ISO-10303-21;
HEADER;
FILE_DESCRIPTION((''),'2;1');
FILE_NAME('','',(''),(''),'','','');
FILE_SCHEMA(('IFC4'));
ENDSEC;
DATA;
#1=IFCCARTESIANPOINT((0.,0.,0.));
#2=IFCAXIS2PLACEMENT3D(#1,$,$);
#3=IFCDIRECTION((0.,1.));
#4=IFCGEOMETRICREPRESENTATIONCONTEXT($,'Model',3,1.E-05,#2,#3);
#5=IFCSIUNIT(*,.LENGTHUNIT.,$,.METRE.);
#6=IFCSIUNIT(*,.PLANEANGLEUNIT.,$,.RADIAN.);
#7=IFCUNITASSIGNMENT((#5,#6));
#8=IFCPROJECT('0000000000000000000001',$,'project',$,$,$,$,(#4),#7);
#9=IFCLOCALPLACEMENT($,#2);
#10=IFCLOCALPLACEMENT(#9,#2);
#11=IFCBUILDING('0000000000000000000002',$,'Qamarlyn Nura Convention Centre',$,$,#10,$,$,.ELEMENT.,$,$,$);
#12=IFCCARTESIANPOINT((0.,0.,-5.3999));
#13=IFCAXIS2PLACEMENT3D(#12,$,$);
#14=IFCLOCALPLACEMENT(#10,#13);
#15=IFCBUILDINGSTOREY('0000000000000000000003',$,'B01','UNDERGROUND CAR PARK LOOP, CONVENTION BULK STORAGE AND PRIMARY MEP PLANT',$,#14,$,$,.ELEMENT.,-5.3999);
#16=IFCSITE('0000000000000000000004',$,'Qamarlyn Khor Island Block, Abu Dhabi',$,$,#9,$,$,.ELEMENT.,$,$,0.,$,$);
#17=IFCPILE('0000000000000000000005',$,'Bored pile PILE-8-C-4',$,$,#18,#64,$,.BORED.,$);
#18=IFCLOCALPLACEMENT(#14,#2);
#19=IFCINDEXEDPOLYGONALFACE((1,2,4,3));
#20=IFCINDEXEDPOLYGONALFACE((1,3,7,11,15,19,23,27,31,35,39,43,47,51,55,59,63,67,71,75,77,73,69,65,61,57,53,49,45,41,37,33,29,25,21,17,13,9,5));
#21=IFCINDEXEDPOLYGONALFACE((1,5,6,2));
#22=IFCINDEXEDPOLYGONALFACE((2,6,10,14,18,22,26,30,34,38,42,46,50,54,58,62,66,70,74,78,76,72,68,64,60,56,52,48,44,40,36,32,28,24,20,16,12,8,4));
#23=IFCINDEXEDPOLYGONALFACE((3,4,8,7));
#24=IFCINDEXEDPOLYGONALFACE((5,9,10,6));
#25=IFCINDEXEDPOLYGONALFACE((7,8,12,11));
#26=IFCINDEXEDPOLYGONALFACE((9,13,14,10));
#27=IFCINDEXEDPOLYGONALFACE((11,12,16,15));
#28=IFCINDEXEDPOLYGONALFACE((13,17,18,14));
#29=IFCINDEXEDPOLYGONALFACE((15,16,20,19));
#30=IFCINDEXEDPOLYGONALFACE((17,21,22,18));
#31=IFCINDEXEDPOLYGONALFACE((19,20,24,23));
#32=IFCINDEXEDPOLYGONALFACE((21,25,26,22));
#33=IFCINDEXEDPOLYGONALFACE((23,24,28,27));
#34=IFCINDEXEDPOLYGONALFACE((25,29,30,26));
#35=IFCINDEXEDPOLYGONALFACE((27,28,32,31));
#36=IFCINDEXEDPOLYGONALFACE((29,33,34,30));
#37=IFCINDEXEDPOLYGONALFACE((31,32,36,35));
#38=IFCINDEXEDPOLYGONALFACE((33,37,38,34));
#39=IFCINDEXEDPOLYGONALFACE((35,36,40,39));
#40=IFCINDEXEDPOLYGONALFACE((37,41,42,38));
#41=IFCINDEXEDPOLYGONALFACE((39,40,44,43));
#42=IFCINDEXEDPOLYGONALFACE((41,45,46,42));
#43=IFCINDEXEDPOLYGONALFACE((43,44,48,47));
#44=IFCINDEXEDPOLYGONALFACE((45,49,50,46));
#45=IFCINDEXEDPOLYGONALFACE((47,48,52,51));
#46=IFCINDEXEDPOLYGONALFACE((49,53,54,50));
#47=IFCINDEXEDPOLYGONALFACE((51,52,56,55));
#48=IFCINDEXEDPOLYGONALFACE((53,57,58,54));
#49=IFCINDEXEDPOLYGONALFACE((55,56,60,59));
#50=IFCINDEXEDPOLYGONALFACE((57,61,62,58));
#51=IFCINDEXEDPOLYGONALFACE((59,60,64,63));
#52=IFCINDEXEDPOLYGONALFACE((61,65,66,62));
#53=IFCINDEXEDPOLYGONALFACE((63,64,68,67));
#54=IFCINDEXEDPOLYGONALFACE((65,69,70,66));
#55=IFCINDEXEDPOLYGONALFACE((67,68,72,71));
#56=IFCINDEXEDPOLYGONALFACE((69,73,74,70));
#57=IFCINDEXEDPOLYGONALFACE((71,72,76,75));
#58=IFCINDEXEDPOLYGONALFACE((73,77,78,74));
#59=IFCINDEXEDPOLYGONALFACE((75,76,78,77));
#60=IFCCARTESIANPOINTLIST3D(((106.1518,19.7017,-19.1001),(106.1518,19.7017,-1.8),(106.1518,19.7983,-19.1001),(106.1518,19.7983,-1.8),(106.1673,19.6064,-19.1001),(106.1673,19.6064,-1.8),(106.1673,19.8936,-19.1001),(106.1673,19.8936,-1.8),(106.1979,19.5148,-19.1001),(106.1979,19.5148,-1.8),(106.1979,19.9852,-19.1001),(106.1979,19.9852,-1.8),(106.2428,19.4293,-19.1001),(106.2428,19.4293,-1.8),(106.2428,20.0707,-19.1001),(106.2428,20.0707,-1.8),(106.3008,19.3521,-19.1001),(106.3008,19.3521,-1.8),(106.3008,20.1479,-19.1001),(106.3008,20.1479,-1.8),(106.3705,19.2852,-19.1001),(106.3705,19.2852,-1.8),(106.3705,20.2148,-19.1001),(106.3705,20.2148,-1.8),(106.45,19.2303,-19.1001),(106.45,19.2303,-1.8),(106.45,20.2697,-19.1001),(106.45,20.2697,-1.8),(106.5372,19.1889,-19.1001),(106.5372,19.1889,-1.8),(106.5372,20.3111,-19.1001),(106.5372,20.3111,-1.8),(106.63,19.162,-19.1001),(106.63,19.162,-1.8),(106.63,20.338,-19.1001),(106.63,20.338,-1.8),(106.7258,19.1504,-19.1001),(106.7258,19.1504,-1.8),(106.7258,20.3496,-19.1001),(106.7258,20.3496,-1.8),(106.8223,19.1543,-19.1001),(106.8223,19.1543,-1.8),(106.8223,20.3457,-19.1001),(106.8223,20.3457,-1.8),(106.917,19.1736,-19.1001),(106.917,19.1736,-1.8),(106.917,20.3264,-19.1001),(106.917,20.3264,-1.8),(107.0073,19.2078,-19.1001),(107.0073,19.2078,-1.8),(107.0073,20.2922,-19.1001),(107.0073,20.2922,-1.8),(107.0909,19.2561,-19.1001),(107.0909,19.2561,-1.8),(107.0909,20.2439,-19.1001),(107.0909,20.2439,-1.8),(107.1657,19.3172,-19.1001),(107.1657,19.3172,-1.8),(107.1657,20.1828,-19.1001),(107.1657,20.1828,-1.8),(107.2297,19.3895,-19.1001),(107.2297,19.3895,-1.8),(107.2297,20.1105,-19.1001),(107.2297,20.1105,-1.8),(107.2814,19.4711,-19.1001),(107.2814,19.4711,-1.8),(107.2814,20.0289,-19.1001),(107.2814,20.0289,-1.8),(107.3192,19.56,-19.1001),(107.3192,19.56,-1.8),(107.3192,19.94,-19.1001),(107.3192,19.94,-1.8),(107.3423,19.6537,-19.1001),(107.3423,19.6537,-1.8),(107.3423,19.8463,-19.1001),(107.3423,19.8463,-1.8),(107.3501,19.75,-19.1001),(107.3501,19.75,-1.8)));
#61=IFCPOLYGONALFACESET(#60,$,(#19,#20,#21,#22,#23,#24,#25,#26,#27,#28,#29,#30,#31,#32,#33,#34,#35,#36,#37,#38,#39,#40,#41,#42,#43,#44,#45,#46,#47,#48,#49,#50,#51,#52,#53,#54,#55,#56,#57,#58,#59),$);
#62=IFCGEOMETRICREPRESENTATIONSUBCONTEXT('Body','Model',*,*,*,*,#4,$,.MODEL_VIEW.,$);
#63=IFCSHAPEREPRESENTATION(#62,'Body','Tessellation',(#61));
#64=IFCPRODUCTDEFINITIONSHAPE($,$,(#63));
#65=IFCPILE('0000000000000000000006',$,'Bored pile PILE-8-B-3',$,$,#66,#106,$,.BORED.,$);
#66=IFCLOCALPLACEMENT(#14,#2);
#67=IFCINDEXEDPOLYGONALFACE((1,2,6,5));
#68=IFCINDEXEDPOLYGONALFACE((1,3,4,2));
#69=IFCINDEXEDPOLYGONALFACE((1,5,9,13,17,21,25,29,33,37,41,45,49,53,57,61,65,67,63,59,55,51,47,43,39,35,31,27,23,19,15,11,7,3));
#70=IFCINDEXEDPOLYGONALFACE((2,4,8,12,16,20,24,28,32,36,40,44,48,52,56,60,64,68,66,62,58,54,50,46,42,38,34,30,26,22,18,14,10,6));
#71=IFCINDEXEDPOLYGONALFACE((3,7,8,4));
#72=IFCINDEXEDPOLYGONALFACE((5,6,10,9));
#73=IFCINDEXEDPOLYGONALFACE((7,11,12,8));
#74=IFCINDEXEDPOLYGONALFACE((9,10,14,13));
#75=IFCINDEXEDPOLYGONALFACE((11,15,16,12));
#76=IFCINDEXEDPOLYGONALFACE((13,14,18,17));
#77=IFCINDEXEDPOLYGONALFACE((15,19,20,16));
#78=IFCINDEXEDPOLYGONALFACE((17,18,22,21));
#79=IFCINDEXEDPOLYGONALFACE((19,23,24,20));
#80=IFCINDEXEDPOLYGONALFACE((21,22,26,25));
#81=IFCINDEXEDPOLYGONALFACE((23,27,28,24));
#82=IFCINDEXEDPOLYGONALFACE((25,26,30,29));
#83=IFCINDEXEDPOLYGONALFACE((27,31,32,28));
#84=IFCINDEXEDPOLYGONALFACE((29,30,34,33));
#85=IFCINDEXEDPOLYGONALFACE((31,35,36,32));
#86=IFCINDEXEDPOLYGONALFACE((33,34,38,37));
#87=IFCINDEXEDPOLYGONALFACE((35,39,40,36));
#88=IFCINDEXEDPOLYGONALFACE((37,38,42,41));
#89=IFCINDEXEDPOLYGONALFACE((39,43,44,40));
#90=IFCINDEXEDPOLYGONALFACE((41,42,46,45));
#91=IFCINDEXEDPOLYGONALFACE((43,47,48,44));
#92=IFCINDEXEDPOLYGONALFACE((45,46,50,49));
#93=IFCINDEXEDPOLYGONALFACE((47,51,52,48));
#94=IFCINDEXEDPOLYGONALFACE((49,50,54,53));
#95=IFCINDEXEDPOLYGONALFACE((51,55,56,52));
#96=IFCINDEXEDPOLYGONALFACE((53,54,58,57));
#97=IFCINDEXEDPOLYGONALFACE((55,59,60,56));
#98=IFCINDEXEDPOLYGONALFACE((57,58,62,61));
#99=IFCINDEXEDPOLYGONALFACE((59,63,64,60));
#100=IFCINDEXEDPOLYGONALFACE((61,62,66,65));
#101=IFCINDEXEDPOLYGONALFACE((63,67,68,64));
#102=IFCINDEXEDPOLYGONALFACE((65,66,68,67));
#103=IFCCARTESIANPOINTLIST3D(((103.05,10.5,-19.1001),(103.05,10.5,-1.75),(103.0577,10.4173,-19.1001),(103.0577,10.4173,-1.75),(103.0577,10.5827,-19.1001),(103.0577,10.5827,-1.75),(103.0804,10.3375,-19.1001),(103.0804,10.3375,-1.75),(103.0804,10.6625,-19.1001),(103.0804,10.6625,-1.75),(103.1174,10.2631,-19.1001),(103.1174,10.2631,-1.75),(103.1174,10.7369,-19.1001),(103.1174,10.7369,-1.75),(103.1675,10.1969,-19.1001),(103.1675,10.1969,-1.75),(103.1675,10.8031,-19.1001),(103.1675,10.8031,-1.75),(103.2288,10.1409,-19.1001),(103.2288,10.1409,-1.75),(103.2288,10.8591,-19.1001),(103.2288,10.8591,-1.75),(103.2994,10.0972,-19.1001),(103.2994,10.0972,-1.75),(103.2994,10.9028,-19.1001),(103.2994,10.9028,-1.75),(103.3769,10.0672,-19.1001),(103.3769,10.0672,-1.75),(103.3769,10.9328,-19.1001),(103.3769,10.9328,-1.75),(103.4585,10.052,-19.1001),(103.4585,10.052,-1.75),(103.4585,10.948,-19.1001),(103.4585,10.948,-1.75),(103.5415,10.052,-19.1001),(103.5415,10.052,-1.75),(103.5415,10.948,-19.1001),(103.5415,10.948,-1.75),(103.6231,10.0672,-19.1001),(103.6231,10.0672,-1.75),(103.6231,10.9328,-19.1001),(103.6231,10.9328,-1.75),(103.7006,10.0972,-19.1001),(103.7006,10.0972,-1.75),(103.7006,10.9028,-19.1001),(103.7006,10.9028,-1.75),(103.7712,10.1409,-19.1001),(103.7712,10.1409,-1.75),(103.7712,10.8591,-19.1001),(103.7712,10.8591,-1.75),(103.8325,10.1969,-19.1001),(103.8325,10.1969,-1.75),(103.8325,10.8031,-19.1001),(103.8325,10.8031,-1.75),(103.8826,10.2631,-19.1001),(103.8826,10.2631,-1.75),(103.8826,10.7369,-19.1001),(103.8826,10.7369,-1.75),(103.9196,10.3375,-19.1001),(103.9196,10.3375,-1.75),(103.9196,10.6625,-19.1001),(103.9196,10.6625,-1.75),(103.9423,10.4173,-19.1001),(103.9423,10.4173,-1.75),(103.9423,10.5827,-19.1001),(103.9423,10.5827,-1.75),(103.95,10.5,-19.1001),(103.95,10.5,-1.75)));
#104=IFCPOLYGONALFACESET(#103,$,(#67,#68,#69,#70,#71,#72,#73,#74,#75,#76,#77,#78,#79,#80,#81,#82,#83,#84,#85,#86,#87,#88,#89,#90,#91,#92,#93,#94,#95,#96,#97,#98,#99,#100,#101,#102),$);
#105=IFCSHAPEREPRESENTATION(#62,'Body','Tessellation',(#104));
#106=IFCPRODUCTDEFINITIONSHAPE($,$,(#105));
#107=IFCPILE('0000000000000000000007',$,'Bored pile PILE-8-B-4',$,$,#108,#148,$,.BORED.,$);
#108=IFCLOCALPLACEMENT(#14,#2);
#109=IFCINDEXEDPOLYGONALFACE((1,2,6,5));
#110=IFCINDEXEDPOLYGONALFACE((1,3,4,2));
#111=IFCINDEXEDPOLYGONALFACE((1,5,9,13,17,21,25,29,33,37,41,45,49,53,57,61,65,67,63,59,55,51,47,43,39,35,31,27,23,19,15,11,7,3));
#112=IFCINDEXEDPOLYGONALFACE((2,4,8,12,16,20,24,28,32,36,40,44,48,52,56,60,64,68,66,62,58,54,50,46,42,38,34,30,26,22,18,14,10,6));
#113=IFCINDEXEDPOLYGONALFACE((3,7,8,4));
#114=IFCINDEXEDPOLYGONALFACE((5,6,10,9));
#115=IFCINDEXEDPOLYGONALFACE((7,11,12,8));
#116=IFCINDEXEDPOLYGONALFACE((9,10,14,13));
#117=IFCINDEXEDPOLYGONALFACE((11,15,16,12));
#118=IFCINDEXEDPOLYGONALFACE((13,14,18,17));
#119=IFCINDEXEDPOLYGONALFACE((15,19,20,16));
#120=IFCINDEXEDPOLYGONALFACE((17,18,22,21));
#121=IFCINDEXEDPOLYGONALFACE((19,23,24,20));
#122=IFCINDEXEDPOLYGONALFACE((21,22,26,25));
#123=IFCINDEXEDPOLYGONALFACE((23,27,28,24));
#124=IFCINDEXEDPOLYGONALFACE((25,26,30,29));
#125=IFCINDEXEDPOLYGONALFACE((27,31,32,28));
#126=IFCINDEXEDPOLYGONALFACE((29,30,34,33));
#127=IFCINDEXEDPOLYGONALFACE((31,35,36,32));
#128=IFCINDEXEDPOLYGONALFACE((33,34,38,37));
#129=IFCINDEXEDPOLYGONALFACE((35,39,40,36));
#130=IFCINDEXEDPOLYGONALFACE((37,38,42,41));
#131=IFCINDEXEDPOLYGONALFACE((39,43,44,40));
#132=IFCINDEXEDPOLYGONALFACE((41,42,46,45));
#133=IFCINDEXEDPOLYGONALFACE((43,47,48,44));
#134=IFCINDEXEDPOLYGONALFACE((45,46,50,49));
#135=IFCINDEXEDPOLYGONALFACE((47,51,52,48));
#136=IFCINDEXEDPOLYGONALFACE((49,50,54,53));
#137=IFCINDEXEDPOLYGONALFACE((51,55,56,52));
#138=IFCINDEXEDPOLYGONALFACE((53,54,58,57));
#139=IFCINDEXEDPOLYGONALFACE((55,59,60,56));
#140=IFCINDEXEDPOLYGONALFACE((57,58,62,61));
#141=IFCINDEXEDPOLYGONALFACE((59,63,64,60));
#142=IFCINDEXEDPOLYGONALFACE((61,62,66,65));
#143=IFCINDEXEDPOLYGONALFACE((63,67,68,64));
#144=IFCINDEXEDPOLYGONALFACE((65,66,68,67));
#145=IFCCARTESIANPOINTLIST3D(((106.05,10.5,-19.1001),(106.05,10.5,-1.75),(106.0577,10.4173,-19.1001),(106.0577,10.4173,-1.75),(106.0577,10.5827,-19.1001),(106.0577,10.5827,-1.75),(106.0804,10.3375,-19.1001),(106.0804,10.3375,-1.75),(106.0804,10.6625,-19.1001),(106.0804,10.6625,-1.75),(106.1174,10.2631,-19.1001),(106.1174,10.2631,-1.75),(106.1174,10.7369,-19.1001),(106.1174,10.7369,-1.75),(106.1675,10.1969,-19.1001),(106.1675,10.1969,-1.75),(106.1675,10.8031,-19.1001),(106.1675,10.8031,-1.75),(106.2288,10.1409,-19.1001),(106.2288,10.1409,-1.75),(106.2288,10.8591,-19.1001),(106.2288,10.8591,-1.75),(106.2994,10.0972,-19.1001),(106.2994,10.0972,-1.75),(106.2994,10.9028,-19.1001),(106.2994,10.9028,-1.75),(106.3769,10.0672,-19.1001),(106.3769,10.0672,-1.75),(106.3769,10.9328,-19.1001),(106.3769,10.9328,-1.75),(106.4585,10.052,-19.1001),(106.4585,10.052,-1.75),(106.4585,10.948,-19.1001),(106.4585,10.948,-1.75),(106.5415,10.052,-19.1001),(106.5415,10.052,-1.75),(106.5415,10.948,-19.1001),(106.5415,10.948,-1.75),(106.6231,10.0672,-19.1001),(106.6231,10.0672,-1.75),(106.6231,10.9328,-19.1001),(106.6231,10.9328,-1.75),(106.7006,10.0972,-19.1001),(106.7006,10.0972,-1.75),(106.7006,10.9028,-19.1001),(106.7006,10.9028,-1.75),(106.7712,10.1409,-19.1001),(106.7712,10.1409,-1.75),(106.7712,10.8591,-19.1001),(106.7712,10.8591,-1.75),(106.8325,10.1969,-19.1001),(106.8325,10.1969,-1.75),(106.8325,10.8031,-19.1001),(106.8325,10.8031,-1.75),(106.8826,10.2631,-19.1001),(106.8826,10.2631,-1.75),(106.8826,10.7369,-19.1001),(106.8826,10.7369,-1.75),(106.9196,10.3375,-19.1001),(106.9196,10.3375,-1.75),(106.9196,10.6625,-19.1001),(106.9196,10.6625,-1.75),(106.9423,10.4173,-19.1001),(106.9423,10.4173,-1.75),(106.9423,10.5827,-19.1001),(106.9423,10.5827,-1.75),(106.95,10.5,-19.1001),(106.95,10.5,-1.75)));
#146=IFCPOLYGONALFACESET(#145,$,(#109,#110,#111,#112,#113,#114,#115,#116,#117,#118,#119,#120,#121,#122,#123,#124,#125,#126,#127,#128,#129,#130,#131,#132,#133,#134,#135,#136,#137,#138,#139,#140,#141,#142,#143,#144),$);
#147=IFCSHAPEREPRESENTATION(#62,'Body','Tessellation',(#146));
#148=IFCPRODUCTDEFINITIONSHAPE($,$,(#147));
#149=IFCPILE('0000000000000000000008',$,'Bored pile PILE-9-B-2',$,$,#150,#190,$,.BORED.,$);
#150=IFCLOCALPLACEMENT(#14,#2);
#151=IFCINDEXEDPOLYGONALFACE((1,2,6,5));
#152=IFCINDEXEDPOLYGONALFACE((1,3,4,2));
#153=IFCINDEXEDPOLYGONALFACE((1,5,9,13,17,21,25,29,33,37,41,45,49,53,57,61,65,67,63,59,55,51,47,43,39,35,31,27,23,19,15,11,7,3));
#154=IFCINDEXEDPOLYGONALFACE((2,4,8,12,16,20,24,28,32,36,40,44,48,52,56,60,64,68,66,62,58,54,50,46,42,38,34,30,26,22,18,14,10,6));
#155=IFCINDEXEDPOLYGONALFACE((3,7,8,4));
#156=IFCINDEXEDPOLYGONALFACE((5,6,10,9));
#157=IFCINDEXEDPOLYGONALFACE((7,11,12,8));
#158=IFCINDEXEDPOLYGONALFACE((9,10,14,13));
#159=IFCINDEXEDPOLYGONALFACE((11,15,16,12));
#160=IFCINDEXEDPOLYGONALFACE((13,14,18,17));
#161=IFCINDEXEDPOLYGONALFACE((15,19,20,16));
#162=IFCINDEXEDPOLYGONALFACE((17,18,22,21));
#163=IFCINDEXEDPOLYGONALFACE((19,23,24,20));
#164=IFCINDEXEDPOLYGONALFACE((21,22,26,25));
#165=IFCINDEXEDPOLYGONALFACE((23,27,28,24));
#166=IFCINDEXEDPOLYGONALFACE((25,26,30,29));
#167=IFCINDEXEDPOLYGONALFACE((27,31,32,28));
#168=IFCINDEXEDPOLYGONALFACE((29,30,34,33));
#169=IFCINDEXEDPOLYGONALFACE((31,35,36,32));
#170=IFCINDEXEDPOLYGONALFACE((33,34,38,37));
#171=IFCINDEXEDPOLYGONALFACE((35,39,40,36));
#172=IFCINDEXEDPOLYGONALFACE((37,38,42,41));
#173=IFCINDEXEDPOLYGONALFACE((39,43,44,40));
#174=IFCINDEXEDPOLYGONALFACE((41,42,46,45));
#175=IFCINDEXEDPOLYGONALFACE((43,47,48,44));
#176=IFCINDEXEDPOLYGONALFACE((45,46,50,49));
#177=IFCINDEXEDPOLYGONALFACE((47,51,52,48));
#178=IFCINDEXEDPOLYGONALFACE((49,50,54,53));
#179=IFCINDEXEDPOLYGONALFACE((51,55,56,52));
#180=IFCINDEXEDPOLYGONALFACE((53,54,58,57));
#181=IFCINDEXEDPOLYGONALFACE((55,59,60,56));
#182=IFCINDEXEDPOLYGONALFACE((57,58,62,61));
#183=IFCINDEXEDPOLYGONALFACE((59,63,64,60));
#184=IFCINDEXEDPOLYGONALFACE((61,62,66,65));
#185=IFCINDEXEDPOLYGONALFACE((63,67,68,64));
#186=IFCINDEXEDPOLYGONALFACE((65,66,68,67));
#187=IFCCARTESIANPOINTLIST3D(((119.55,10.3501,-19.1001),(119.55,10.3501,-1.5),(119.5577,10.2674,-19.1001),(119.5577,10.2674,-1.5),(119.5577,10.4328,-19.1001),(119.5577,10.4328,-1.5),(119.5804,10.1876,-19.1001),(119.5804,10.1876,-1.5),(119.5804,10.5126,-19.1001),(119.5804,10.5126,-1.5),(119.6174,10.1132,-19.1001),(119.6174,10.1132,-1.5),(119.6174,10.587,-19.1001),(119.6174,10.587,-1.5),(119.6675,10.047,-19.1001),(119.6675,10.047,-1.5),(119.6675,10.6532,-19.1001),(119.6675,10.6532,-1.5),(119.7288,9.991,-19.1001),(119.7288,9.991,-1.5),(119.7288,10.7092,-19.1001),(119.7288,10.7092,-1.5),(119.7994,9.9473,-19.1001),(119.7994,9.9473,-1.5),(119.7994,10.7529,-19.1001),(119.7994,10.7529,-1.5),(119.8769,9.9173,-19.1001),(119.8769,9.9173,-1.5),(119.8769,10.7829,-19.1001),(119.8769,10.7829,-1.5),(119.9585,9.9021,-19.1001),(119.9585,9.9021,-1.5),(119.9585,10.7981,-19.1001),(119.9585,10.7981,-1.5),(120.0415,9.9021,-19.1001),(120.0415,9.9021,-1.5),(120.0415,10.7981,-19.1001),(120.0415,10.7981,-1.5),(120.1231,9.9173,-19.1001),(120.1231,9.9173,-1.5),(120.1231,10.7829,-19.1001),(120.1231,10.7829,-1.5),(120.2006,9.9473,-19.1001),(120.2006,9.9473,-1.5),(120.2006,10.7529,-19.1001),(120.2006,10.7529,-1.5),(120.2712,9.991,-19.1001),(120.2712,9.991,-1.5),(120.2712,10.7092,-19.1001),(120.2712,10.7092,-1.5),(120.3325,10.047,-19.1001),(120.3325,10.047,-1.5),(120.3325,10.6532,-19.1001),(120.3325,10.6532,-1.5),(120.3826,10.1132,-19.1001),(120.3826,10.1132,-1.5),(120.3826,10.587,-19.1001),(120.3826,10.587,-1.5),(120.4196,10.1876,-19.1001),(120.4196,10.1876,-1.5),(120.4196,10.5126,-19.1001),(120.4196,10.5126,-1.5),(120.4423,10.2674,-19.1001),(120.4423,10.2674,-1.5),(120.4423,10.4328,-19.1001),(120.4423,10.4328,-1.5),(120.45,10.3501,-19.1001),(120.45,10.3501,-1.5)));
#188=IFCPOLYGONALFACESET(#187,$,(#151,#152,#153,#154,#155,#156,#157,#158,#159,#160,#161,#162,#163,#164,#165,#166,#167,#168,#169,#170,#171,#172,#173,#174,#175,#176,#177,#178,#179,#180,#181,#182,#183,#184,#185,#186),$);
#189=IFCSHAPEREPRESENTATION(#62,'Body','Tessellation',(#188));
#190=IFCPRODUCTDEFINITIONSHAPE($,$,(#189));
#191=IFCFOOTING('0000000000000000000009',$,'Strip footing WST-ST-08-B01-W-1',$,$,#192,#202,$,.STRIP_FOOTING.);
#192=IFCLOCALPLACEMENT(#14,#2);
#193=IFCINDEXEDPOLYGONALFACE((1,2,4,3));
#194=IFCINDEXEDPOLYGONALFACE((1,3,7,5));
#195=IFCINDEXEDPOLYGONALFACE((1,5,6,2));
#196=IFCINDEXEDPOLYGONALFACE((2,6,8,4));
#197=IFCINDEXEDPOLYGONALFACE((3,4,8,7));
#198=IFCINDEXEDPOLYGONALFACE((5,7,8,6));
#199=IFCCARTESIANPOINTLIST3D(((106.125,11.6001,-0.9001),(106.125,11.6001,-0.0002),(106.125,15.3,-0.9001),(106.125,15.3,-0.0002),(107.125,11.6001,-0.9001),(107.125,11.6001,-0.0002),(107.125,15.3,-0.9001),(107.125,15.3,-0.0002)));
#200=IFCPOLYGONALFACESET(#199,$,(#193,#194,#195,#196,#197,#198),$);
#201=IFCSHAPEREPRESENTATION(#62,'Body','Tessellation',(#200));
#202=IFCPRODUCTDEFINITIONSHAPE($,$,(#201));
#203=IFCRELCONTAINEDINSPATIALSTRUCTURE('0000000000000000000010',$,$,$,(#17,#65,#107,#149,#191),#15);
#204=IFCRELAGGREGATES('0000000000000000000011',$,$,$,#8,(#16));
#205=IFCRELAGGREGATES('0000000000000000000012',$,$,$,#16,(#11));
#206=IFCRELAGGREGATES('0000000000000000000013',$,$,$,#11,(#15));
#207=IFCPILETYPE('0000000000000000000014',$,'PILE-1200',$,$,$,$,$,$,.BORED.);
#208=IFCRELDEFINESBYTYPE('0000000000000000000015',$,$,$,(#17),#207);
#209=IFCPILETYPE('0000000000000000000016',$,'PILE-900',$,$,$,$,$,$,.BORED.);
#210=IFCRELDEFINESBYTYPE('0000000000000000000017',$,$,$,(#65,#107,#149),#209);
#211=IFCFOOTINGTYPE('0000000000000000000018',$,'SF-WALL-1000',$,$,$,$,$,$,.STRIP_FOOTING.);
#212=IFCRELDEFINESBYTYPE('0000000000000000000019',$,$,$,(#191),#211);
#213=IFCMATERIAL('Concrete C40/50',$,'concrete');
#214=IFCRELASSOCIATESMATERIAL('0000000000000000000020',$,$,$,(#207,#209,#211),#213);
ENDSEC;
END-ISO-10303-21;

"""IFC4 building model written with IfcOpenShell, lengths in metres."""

from ifc_helpers import new_model, si_unit, direction, frame, origin, origin_2d, place, context, subcontext, project, spatial, rectangle, circle, extrude, material, material_profile, profile_set, type_object, element, save


model = new_model("IFC4")

# Units and contexts
model_context = context("Model", 3, precision=1e-05, world=origin(), true_north=direction((0.0, 1.0)))
body_context = subcontext(model_context, "Body", "Model", "MODEL_VIEW")
ifc_project = project(units=[si_unit("LENGTHUNIT", "METRE"), si_unit("PLANEANGLEUNIT", "RADIAN")], contexts=[model_context])

# Site, building, storey
site_placement = place(None, origin())
site = spatial("IfcSite", under=ifc_project, at=site_placement, Name="Qamarlyn Khor Island Block, Abu Dhabi", CompositionType="ELEMENT", RefElevation=0.0)
building_placement = place(site_placement, origin())
building = spatial("IfcBuilding", under=site, at=building_placement, Name="Qamarlyn Nura Convention Centre", CompositionType="ELEMENT")
storey_placement = place(building_placement, frame((0.0, 0.0, -5.3999)))
storey = spatial("IfcBuildingStorey", under=building, at=storey_placement, Name="B01", Description="UNDERGROUND CAR PARK LOOP, CONVENTION BULK STORAGE AND PRIMARY MEP PLANT", CompositionType="ELEMENT", Elevation=-5.3999)

# Shared definitions
ifc_material_1 = material(Name="Concrete C40/50", Category="concrete")

# Piles
ifc_material_profile_1 = material_profile(ifc_material_1, circle(Radius=0.6001, at=origin_2d()), Name="BORED PILE 1200")
ifc_profile_set_1 = profile_set([ifc_material_profile_1], Name="Concrete C40/50")
pile_type_1 = type_object("IfcPileType", Name="PILE-1200", PredefinedType="BORED", material=ifc_profile_set_1)
for number, where, z_axis, x_axis, name in (
    (1, (106.75, 19.75, -1.8), (0.0, 0.0, -1.0), (1.0, 0.0, 0.0), "Bored pile PILE-8-C-4"),
):
    element("IfcPile", number, at=place(storey_placement, frame(where, z_axis=z_axis, x_axis=x_axis)), inside=storey, type_object=pile_type_1, Name=name, PredefinedType="BORED", context=body_context, shape_type="SweptSolid", body=[
        extrude(circle(Radius=0.6001, at=origin_2d()), origin(), (0.0, 0.0, 1.0), 17.3),
    ])
ifc_material_profile_2 = material_profile(ifc_material_1, circle(Radius=0.45, at=origin_2d()), Name="BORED PILE 900")
ifc_profile_set_2 = profile_set([ifc_material_profile_2], Name="Concrete C40/50")
pile_type_2 = type_object("IfcPileType", Name="PILE-900", PredefinedType="BORED", material=ifc_profile_set_2)
for number, where, z_axis, x_axis, name in (
    (2, (103.5, 10.5, -1.75), (0.0, 0.0, -1.0), (1.0, 0.0, 0.0), "Bored pile PILE-8-B-3"),
    (3, (106.5, 10.5, -1.75), (0.0, 0.0, -1.0), (1.0, 0.0, 0.0), "Bored pile PILE-8-B-4"),
):
    element("IfcPile", number, at=place(storey_placement, frame(where, z_axis=z_axis, x_axis=x_axis)), inside=storey, type_object=pile_type_2, Name=name, PredefinedType="BORED", context=body_context, shape_type="SweptSolid", body=[
        extrude(circle(Radius=0.45, at=origin_2d()), origin(), (0.0, 0.0, 1.0), 17.3501),
    ])
pile_placement = place(storey_placement, frame((120.0, 10.3501, -1.5), z_axis=(0.0, 0.0, -1.0), x_axis=(1.0, 0.0, 0.0)))
element("IfcPile", 4, at=pile_placement, inside=storey, type_object=pile_type_2, Name="Bored pile PILE-9-B-2", PredefinedType="BORED", context=body_context, shape_type="SweptSolid", body=[
    extrude(circle(Radius=0.45, at=origin_2d()), origin(), (0.0, 0.0, 1.0), 17.6001),
])

# Footing
ifc_material_profile_3 = material_profile(ifc_material_1, rectangle(XDim=1.0, YDim=0.8999, at=origin_2d()), Name="RC STRIP 1000x900")
ifc_profile_set_3 = profile_set([ifc_material_profile_3], Name="Concrete C40/50")
footing_type_1 = type_object("IfcFootingType", Name="SF-WALL-1000", PredefinedType="STRIP_FOOTING", material=ifc_profile_set_3)
footing_1_placement = place(storey_placement, frame((106.625, 15.3, -0.4502), z_axis=(0.0, -1.0, 0.0), x_axis=(1.0, 0.0, 0.0)))
element("IfcFooting", 5, at=footing_1_placement, inside=storey, type_object=footing_type_1, Name="Strip footing WST-ST-08-B01-W-1", PredefinedType="STRIP_FOOTING", context=body_context, shape_type="SweptSolid", body=[
    extrude(rectangle(XDim=1.0, YDim=0.8999, at=origin_2d()), origin(), (0.0, 0.0, 1.0), 3.7),
])

save(model, "model.ifc")
